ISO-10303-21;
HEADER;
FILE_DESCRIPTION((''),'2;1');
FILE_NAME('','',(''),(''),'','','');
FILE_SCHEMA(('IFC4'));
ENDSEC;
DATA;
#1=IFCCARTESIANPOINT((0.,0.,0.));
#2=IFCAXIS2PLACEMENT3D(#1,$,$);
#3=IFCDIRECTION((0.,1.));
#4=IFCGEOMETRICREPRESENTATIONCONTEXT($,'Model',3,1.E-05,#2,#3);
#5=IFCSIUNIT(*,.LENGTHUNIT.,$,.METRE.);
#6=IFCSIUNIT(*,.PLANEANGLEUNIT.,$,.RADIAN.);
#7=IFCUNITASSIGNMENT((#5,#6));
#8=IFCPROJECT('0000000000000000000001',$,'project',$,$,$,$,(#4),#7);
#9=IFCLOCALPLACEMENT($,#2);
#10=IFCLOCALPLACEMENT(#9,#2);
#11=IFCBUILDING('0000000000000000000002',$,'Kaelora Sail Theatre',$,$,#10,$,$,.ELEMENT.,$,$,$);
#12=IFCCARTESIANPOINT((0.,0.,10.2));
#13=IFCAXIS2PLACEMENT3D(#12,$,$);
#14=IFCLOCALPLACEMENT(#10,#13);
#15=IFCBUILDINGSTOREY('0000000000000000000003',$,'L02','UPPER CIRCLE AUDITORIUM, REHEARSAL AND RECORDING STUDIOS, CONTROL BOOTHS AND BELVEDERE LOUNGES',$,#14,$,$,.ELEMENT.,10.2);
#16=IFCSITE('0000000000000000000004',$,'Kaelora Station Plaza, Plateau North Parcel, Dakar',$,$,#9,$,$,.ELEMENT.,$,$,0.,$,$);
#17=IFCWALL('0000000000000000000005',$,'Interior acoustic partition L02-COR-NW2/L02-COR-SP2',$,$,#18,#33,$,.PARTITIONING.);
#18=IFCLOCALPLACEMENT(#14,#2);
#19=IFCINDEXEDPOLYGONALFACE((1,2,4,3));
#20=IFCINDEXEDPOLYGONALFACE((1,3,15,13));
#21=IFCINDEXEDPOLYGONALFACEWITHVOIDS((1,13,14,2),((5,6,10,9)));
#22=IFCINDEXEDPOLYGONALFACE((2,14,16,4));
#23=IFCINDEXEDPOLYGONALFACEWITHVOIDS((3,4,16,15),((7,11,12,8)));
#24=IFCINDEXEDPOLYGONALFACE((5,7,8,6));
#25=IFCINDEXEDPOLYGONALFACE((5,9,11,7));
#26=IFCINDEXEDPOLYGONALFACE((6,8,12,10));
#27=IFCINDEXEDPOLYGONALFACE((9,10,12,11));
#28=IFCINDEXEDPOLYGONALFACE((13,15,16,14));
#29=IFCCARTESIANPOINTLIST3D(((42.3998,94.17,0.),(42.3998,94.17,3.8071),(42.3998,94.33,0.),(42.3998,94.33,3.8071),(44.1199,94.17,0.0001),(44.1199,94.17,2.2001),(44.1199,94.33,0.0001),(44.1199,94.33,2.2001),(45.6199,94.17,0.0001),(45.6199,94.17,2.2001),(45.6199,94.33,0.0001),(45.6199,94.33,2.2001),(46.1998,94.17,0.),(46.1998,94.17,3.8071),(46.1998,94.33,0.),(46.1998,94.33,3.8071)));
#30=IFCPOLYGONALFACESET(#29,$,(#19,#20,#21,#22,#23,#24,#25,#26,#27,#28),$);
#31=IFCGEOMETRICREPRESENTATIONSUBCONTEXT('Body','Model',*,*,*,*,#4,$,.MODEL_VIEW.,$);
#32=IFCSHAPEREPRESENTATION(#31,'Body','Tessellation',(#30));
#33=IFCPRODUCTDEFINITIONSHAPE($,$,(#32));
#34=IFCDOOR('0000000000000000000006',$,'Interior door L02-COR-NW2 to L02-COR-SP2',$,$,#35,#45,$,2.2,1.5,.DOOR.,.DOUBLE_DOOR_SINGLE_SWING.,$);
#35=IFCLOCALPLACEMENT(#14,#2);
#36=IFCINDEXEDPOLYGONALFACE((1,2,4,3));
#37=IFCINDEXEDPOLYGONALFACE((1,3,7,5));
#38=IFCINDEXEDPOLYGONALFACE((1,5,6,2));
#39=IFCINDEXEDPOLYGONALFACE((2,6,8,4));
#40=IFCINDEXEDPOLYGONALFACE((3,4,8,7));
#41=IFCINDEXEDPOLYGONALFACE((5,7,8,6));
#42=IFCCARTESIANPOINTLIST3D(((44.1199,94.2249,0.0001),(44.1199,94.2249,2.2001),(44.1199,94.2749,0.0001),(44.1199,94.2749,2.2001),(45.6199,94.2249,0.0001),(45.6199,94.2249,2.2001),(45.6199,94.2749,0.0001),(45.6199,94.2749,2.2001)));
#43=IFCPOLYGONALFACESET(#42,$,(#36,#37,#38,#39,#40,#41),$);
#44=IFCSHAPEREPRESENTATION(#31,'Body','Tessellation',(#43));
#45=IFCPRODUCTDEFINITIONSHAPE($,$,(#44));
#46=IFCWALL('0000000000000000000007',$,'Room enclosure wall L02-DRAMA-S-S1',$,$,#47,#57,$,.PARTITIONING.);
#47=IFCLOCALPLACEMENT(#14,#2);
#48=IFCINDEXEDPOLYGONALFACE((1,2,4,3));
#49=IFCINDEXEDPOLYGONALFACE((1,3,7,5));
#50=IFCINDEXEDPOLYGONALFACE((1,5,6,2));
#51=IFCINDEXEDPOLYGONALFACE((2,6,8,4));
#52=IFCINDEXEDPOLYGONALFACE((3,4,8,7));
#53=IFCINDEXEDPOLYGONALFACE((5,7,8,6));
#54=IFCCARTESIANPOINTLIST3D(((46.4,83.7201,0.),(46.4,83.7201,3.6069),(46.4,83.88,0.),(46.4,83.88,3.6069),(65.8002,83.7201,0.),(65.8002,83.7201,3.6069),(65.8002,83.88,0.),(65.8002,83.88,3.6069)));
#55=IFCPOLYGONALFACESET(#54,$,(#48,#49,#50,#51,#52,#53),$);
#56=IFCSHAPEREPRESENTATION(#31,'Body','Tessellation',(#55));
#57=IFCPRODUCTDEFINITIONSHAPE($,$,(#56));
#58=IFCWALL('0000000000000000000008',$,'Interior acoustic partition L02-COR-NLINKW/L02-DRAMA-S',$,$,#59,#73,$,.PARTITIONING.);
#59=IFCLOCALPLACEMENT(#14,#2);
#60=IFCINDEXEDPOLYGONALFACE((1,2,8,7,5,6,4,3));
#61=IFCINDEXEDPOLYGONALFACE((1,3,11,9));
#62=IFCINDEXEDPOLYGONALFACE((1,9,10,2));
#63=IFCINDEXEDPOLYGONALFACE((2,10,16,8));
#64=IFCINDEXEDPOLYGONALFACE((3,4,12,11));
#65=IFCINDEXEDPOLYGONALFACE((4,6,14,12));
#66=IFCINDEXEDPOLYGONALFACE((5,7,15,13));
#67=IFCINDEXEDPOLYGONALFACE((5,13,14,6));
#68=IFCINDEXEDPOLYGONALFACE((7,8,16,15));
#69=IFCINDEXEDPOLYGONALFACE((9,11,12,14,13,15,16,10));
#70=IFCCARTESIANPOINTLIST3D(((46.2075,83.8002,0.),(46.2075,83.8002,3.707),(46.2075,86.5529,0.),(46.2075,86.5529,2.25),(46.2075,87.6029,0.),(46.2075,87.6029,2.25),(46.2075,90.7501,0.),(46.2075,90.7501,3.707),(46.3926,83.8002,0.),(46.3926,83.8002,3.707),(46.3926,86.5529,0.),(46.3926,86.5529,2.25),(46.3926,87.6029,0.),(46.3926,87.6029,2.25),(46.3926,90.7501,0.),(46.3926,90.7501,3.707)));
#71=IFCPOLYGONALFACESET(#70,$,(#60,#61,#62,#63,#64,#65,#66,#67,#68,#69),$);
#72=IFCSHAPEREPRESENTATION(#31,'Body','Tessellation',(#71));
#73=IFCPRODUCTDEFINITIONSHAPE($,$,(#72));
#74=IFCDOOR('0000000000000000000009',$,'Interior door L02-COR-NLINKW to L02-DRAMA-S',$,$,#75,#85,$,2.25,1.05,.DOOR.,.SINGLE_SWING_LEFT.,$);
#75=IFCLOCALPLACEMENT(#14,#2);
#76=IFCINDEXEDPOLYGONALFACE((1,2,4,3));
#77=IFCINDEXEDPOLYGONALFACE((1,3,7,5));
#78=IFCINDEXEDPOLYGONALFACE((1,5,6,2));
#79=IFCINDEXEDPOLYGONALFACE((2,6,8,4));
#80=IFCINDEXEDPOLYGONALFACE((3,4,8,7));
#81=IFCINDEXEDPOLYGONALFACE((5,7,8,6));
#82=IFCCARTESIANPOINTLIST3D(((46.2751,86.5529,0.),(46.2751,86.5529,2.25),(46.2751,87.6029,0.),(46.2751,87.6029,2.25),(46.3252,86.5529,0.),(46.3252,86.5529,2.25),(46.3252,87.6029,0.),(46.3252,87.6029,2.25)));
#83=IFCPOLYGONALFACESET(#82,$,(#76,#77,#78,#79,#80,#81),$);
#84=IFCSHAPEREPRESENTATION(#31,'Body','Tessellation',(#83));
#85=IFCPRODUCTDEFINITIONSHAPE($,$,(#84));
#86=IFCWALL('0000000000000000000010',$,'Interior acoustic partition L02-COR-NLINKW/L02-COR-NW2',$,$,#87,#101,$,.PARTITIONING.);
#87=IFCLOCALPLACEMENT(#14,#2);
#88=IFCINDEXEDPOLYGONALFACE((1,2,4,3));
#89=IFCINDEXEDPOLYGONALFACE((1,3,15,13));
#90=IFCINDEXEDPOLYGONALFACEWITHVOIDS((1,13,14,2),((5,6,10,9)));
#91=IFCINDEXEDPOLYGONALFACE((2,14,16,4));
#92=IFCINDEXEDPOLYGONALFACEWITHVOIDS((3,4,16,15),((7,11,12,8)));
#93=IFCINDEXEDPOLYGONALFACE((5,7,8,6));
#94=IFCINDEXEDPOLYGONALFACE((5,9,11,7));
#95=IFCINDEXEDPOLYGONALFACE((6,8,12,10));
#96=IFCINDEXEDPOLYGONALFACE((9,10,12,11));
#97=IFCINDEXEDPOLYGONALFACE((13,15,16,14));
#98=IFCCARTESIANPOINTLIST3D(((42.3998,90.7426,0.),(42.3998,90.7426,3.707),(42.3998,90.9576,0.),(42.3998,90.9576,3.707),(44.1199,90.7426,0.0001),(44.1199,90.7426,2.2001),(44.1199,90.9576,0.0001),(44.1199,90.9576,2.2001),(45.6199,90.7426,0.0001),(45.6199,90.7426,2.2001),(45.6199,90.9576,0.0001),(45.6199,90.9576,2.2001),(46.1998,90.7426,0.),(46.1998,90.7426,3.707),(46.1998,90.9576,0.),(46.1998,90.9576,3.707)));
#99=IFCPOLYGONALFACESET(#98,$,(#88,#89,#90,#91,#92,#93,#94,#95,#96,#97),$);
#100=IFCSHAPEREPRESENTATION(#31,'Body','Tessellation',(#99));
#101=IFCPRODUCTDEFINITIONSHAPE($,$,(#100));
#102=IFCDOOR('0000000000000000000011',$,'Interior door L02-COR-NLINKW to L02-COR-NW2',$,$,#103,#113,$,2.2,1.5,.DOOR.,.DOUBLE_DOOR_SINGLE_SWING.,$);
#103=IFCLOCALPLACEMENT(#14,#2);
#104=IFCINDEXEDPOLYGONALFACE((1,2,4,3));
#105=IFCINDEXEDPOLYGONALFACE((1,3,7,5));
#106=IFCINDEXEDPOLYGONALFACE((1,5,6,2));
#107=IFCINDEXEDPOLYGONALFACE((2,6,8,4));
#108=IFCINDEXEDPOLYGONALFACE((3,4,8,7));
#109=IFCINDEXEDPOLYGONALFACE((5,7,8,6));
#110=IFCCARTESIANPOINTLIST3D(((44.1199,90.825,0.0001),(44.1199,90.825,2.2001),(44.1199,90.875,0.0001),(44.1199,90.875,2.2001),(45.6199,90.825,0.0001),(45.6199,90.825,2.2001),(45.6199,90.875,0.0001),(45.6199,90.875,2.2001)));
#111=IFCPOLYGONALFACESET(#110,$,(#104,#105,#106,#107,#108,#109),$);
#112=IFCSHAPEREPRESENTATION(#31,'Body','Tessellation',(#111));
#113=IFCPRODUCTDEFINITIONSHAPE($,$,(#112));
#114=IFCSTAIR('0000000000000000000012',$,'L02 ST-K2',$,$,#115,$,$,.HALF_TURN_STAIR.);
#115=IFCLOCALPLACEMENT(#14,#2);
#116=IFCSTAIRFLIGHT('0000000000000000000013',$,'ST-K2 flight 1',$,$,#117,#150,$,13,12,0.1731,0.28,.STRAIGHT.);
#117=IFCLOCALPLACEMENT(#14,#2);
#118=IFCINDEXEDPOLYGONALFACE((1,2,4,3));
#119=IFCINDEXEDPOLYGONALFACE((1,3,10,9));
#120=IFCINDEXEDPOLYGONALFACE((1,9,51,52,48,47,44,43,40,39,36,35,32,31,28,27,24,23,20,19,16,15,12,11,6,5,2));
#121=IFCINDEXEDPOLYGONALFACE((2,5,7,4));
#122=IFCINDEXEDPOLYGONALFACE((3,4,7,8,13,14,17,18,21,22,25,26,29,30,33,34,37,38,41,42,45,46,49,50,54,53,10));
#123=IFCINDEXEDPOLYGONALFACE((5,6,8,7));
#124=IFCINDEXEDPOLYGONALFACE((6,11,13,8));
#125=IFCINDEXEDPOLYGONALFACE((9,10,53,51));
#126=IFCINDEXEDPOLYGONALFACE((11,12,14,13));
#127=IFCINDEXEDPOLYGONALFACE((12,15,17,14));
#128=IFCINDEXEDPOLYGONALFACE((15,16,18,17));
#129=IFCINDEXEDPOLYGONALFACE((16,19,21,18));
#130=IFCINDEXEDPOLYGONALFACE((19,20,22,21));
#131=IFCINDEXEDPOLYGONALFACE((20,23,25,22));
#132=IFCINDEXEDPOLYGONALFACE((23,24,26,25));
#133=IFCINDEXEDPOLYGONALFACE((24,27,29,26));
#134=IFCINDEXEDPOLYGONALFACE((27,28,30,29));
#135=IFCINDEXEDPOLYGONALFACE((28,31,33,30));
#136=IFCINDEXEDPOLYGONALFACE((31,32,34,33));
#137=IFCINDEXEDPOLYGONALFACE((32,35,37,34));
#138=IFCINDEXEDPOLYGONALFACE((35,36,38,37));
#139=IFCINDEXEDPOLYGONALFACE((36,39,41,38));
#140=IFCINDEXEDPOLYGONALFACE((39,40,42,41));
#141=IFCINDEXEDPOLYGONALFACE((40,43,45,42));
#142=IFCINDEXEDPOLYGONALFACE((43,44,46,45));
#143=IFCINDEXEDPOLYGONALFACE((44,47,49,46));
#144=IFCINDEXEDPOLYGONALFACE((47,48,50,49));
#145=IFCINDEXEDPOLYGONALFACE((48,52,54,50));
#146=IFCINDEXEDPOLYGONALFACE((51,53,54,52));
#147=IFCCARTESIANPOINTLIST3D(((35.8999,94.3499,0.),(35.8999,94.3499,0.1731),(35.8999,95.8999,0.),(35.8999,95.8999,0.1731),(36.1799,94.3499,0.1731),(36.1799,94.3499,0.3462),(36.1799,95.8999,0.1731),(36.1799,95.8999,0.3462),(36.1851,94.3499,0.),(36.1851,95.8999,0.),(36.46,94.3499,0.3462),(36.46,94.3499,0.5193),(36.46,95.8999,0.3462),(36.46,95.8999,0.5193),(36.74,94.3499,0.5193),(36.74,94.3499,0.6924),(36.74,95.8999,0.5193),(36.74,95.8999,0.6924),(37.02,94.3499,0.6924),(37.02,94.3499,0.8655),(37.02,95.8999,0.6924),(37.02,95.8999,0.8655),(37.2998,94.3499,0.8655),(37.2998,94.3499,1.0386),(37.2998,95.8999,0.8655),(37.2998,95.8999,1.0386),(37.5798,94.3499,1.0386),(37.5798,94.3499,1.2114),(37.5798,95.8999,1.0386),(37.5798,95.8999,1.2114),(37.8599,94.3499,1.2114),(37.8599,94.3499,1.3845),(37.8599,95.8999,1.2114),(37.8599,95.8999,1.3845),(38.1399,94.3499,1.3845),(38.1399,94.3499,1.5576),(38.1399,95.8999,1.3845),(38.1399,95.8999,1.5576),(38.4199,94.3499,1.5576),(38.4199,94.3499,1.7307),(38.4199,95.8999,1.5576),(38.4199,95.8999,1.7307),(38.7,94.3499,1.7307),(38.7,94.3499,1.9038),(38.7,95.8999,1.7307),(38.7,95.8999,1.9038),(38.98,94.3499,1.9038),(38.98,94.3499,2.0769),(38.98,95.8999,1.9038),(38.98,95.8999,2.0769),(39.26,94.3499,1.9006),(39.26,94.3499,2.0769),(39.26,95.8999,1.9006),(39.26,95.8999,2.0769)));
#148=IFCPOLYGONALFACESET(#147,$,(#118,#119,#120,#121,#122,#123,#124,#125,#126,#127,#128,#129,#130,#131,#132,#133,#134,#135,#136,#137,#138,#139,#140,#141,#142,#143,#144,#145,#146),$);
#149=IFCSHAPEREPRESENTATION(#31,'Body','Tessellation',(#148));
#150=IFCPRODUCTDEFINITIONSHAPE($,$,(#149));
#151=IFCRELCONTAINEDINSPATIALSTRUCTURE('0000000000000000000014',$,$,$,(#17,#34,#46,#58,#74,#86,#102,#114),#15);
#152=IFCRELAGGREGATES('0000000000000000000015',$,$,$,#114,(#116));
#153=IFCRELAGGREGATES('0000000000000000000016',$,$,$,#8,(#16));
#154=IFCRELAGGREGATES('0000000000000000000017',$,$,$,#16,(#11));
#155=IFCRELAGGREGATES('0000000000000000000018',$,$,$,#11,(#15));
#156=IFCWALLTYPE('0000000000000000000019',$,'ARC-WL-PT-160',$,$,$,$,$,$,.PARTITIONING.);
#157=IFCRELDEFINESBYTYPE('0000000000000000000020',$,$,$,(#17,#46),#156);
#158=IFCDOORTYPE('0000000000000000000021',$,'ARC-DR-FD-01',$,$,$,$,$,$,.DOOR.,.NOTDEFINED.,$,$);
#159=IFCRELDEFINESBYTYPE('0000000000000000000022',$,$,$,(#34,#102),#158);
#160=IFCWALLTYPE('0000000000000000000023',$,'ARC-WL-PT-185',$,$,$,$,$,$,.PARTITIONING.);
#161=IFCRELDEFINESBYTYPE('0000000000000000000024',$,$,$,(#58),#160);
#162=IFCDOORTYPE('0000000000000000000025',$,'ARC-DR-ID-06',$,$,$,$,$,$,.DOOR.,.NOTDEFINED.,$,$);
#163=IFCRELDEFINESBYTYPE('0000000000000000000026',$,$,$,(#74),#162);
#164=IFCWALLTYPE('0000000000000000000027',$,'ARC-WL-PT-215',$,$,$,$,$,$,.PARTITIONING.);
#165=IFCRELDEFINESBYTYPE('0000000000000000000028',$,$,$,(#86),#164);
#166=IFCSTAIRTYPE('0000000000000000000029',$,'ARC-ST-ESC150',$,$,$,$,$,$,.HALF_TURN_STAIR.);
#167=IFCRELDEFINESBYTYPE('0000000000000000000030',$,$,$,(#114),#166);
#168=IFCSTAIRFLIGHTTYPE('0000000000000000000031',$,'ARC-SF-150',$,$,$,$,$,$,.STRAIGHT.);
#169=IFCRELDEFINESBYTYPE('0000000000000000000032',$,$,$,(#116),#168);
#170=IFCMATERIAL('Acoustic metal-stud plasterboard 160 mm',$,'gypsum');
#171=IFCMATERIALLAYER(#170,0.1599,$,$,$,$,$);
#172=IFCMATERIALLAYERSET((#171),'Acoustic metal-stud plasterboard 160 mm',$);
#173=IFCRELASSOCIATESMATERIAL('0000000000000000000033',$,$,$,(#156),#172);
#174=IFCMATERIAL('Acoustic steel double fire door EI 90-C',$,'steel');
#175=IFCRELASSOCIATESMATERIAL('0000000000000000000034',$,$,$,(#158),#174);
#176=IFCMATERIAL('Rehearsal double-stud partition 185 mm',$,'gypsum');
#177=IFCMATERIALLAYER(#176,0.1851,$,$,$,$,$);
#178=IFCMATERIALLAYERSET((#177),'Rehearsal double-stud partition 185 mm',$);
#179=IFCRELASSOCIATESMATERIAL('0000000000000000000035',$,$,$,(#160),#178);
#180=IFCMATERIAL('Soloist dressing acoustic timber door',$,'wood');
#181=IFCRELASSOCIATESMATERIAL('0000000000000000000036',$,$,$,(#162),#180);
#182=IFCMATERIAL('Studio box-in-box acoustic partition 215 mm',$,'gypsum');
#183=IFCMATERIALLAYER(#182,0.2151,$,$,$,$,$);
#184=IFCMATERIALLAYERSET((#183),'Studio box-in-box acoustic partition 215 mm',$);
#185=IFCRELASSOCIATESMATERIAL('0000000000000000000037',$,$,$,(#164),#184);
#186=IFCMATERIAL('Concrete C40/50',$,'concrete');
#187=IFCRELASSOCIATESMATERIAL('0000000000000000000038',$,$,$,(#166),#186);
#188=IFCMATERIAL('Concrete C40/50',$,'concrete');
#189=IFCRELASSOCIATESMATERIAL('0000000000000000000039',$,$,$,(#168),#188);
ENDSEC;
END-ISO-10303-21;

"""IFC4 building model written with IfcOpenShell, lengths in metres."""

from ifc_helpers import new_model, si_unit, direction, frame, frame_2d, origin, place, context, subcontext, project, spatial, polyline, rectangle, outline, extrude, material, layer, layer_set, type_object, element, fill, aggregate, save


model = new_model("IFC4")

# Units and contexts
model_context = context("Model", 3, precision=1e-05, world=origin(), true_north=direction((0.0, 1.0)))
body_context = subcontext(model_context, "Body", "Model", "MODEL_VIEW")
ifc_project = project(units=[si_unit("LENGTHUNIT", "METRE"), si_unit("PLANEANGLEUNIT", "RADIAN")], contexts=[model_context])

# Site, building, storey
site_placement = place(None, origin())
site = spatial("IfcSite", under=ifc_project, at=site_placement, Name="Kaelora Station Plaza, Plateau North Parcel, Dakar", CompositionType="ELEMENT", RefElevation=0.0)
building_placement = place(site_placement, origin())
building = spatial("IfcBuilding", under=site, at=building_placement, Name="Kaelora Sail Theatre", CompositionType="ELEMENT")
storey_placement = place(building_placement, frame((0.0, 0.0, 10.2)))
storey = spatial("IfcBuildingStorey", under=building, at=storey_placement, Name="L02", Description="UPPER CIRCLE AUDITORIUM, REHEARSAL AND RECORDING STUDIOS, CONTROL BOOTHS AND BELVEDERE LOUNGES", CompositionType="ELEMENT", Elevation=10.2)

# Wall, opening, door
ifc_material_1 = material(Name="Acoustic metal-stud plasterboard 160 mm", Category="gypsum")
ifc_layer_1 = layer(ifc_material_1, 0.1599)
ifc_layer_set_1 = layer_set([ifc_layer_1], Name="Acoustic metal-stud plasterboard 160 mm")
wall_type_1 = type_object("IfcWallType", Name="ARC-WL-PT-160", PredefinedType="PARTITIONING", material=ifc_layer_set_1)
wall_1_placement = place(storey_placement, frame((42.3999, 94.25, 0.0), z_axis=(0.0, 0.0, 1.0), x_axis=(1.0, 0.0, 0.0)))
wall_1 = element("IfcWall", 1, at=wall_1_placement, inside=storey, type_object=wall_type_1, Name="Interior acoustic partition L02-COR-NW2/L02-COR-SP2", PredefinedType="PARTITIONING", context=body_context, shape_type="SweptSolid", body=[
    extrude(rectangle(XDim=3.8, YDim=0.1599, at=frame_2d((1.8999, 0.0))), origin(), (0.0, 0.0, 1.0), 3.8071),
])
opening_1_placement = place(wall_1_placement, frame((1.72, 0.0, 0.0)))
opening_1 = element("IfcOpeningElement", 2, at=opening_1_placement, cuts=wall_1, PredefinedType="OPENING", context=body_context, shape_type="SweptSolid", body=[
    extrude(rectangle(XDim=1.5, YDim=2.2, at=frame_2d((0.75, 1.1001))), frame((0.0, 0.0901, 0.0), z_axis=(0.0, -1.0, 0.0), x_axis=(1.0, 0.0, 0.0)), (0.0, 0.0, 1.0), 0.1799),
])
ifc_material_2 = material(Name="Acoustic steel double fire door EI 90-C", Category="steel")
door_type_1 = type_object("IfcDoorType", Name="ARC-DR-FD-01", OperationType="NOTDEFINED", PredefinedType="DOOR", material=ifc_material_2)
door_1_placement = place(opening_1_placement, origin())
door_1 = element("IfcDoor", 3, at=door_1_placement, inside=storey, type_object=door_type_1, Name="Interior door L02-COR-NW2 to L02-COR-SP2", OperationType="DOUBLE_DOOR_SINGLE_SWING", OverallHeight=2.2, OverallWidth=1.5, PredefinedType="DOOR", context=body_context, shape_type="SweptSolid", body=[
    extrude(rectangle(XDim=1.5, YDim=2.2, at=frame_2d((0.75, 1.1001))), frame((0.0, 0.0249, 0.0), z_axis=(0.0, -1.0, 0.0), x_axis=(1.0, 0.0, 0.0)), (0.0, 0.0, 1.0), 0.05),
])
fill(opening_1, door_1)

# Wall
wall_2_placement = place(storey_placement, frame((46.3999, 83.8, 0.0), z_axis=(0.0, 0.0, 1.0), x_axis=(1.0, 0.0, 0.0)))
element("IfcWall", 4, at=wall_2_placement, inside=storey, type_object=wall_type_1, Name="Room enclosure wall L02-DRAMA-S-S1", PredefinedType="PARTITIONING", context=body_context, shape_type="SweptSolid", body=[
    extrude(rectangle(XDim=19.4001, YDim=0.1599, at=frame_2d((9.7002, 0.0))), origin(), (0.0, 0.0, 1.0), 3.6069),
])

# Walls, openings, doors
ifc_material_3 = material(Name="Rehearsal double-stud partition 185 mm", Category="gypsum")
ifc_layer_2 = layer(ifc_material_3, 0.1851)
ifc_layer_set_2 = layer_set([ifc_layer_2], Name="Rehearsal double-stud partition 185 mm")
wall_type_2 = type_object("IfcWallType", Name="ARC-WL-PT-185", PredefinedType="PARTITIONING", material=ifc_layer_set_2)
wall_3_placement = place(storey_placement, frame((46.3, 83.8, 0.0), z_axis=(0.0, 0.0, 1.0), x_axis=(0.0, 1.0, 0.0)))
wall_3 = element("IfcWall", 5, at=wall_3_placement, inside=storey, type_object=wall_type_2, Name="Interior acoustic partition L02-COR-NLINKW/L02-DRAMA-S", PredefinedType="PARTITIONING", context=body_context, shape_type="SweptSolid", body=[
    extrude(rectangle(XDim=6.95, YDim=0.1851, at=frame_2d((3.4751, 0.0))), origin(), (0.0, 0.0, 1.0), 3.707),
])
opening_2_placement = place(wall_3_placement, frame((2.7529, 0.0, 0.0)))
opening_2 = element("IfcOpeningElement", 6, at=opening_2_placement, cuts=wall_3, PredefinedType="OPENING", context=body_context, shape_type="SweptSolid", body=[
    extrude(rectangle(XDim=1.05, YDim=2.25, at=frame_2d((0.5249, 1.125))), frame((0.0, 0.1025, 0.0), z_axis=(0.0, -1.0, 0.0), x_axis=(1.0, 0.0, 0.0)), (0.0, 0.0, 1.0), 0.2051),
])
ifc_material_4 = material(Name="Soloist dressing acoustic timber door", Category="wood")
door_type_2 = type_object("IfcDoorType", Name="ARC-DR-ID-06", OperationType="NOTDEFINED", PredefinedType="DOOR", material=ifc_material_4)
door_2_placement = place(opening_2_placement, origin())
door_2 = element("IfcDoor", 7, at=door_2_placement, inside=storey, type_object=door_type_2, Name="Interior door L02-COR-NLINKW to L02-DRAMA-S", OperationType="SINGLE_SWING_LEFT", OverallHeight=2.25, OverallWidth=1.05, PredefinedType="DOOR", context=body_context, shape_type="SweptSolid", body=[
    extrude(rectangle(XDim=1.05, YDim=2.25, at=frame_2d((0.5249, 1.125))), frame((0.0, 0.0249, 0.0), z_axis=(0.0, -1.0, 0.0), x_axis=(1.0, 0.0, 0.0)), (0.0, 0.0, 1.0), 0.05),
])
fill(opening_2, door_2)
ifc_material_5 = material(Name="Studio box-in-box acoustic partition 215 mm", Category="gypsum")
ifc_layer_3 = layer(ifc_material_5, 0.2151)
ifc_layer_set_3 = layer_set([ifc_layer_3], Name="Studio box-in-box acoustic partition 215 mm")
wall_type_3 = type_object("IfcWallType", Name="ARC-WL-PT-215", PredefinedType="PARTITIONING", material=ifc_layer_set_3)
wall_4_placement = place(storey_placement, frame((42.3999, 90.8501, 0.0), z_axis=(0.0, 0.0, 1.0), x_axis=(1.0, 0.0, 0.0)))
wall_4 = element("IfcWall", 8, at=wall_4_placement, inside=storey, type_object=wall_type_3, Name="Interior acoustic partition L02-COR-NLINKW/L02-COR-NW2", PredefinedType="PARTITIONING", context=body_context, shape_type="SweptSolid", body=[
    extrude(rectangle(XDim=3.8, YDim=0.2151, at=frame_2d((1.8999, 0.0))), origin(), (0.0, 0.0, 1.0), 3.707),
])
opening_3_placement = place(wall_4_placement, frame((1.72, 0.0, 0.0)))
opening_3 = element("IfcOpeningElement", 9, at=opening_3_placement, cuts=wall_4, PredefinedType="OPENING", context=body_context, shape_type="SweptSolid", body=[
    extrude(rectangle(XDim=1.5, YDim=2.2, at=frame_2d((0.75, 1.1001))), frame((0.0, 0.1174, 0.0), z_axis=(0.0, -1.0, 0.0), x_axis=(1.0, 0.0, 0.0)), (0.0, 0.0, 1.0), 0.2351),
])
door_3_placement = place(opening_3_placement, origin())
door_3 = element("IfcDoor", 10, at=door_3_placement, inside=storey, type_object=door_type_1, Name="Interior door L02-COR-NLINKW to L02-COR-NW2", OperationType="DOUBLE_DOOR_SINGLE_SWING", OverallHeight=2.2, OverallWidth=1.5, PredefinedType="DOOR", context=body_context, shape_type="SweptSolid", body=[
    extrude(rectangle(XDim=1.5, YDim=2.2, at=frame_2d((0.75, 1.1001))), frame((0.0, 0.0249, 0.0), z_axis=(0.0, -1.0, 0.0), x_axis=(1.0, 0.0, 0.0)), (0.0, 0.0, 1.0), 0.05),
])
fill(opening_3, door_3)

# Stair, stair flight
ifc_material_6 = material(Name="Concrete C40/50", Category="concrete")
stair_type = type_object("IfcStairType", Name="ARC-ST-ESC150", PredefinedType="HALF_TURN_STAIR", material=ifc_material_6)
stair_placement = place(storey_placement, origin())
stair = element("IfcStair", 11, at=stair_placement, inside=storey, type_object=stair_type, Name="L02 ST-K2", PredefinedType="HALF_TURN_STAIR")
ifc_material_7 = material(Name="Concrete C40/50", Category="concrete")
stair_flight_type = type_object("IfcStairFlightType", Name="ARC-SF-150", PredefinedType="STRAIGHT", material=ifc_material_7)
stair_flight_1_placement = place(storey_placement, frame((35.8999, 95.125, 0.0), z_axis=(0.0, 0.0, 1.0), x_axis=(1.0, 0.0, 0.0)))
stair_flight_1 = element("IfcStairFlight", 12, at=stair_flight_1_placement, type_object=stair_flight_type, Name="ST-K2 flight 1", NumberOfRisers=13, NumberOfTreads=12, PredefinedType="STRAIGHT", RiserHeight=0.1731, TreadLength=0.28, context=body_context, shape_type="SweptSolid", body=[
    extrude(outline(polyline([(0.0, 0.0), (0.0, 0.1731), (0.28, 0.1731), (0.28, 0.3462), (0.5601, 0.3462), (0.5601, 0.5193), (0.8401, 0.5193), (0.8401, 0.6924), (1.1201, 0.6924), (1.1201, 0.8655), (1.3999, 0.8655), (1.3999, 1.0386), (1.6799, 1.0386), (1.6799, 1.2114), (1.96, 1.2114), (1.96, 1.3845), (2.24, 1.3845), (2.24, 1.5576), (2.52, 1.5576), (2.52, 1.7307), (2.8, 1.7307), (2.8, 1.9038), (3.0801, 1.9038), (3.0801, 2.0769), (3.3601, 2.0769), (3.3601, 2.25), (3.3601, 1.9006), (0.2852, 0.0), (0.0, 0.0)])), frame((0.0, 0.7749, 0.0), z_axis=(0.0, -1.0, 0.0), x_axis=(1.0, 0.0, 0.0)), (0.0, 0.0, 1.0), 1.55),
])
aggregate(stair, [stair_flight_1])

save(model, "model.ifc")
